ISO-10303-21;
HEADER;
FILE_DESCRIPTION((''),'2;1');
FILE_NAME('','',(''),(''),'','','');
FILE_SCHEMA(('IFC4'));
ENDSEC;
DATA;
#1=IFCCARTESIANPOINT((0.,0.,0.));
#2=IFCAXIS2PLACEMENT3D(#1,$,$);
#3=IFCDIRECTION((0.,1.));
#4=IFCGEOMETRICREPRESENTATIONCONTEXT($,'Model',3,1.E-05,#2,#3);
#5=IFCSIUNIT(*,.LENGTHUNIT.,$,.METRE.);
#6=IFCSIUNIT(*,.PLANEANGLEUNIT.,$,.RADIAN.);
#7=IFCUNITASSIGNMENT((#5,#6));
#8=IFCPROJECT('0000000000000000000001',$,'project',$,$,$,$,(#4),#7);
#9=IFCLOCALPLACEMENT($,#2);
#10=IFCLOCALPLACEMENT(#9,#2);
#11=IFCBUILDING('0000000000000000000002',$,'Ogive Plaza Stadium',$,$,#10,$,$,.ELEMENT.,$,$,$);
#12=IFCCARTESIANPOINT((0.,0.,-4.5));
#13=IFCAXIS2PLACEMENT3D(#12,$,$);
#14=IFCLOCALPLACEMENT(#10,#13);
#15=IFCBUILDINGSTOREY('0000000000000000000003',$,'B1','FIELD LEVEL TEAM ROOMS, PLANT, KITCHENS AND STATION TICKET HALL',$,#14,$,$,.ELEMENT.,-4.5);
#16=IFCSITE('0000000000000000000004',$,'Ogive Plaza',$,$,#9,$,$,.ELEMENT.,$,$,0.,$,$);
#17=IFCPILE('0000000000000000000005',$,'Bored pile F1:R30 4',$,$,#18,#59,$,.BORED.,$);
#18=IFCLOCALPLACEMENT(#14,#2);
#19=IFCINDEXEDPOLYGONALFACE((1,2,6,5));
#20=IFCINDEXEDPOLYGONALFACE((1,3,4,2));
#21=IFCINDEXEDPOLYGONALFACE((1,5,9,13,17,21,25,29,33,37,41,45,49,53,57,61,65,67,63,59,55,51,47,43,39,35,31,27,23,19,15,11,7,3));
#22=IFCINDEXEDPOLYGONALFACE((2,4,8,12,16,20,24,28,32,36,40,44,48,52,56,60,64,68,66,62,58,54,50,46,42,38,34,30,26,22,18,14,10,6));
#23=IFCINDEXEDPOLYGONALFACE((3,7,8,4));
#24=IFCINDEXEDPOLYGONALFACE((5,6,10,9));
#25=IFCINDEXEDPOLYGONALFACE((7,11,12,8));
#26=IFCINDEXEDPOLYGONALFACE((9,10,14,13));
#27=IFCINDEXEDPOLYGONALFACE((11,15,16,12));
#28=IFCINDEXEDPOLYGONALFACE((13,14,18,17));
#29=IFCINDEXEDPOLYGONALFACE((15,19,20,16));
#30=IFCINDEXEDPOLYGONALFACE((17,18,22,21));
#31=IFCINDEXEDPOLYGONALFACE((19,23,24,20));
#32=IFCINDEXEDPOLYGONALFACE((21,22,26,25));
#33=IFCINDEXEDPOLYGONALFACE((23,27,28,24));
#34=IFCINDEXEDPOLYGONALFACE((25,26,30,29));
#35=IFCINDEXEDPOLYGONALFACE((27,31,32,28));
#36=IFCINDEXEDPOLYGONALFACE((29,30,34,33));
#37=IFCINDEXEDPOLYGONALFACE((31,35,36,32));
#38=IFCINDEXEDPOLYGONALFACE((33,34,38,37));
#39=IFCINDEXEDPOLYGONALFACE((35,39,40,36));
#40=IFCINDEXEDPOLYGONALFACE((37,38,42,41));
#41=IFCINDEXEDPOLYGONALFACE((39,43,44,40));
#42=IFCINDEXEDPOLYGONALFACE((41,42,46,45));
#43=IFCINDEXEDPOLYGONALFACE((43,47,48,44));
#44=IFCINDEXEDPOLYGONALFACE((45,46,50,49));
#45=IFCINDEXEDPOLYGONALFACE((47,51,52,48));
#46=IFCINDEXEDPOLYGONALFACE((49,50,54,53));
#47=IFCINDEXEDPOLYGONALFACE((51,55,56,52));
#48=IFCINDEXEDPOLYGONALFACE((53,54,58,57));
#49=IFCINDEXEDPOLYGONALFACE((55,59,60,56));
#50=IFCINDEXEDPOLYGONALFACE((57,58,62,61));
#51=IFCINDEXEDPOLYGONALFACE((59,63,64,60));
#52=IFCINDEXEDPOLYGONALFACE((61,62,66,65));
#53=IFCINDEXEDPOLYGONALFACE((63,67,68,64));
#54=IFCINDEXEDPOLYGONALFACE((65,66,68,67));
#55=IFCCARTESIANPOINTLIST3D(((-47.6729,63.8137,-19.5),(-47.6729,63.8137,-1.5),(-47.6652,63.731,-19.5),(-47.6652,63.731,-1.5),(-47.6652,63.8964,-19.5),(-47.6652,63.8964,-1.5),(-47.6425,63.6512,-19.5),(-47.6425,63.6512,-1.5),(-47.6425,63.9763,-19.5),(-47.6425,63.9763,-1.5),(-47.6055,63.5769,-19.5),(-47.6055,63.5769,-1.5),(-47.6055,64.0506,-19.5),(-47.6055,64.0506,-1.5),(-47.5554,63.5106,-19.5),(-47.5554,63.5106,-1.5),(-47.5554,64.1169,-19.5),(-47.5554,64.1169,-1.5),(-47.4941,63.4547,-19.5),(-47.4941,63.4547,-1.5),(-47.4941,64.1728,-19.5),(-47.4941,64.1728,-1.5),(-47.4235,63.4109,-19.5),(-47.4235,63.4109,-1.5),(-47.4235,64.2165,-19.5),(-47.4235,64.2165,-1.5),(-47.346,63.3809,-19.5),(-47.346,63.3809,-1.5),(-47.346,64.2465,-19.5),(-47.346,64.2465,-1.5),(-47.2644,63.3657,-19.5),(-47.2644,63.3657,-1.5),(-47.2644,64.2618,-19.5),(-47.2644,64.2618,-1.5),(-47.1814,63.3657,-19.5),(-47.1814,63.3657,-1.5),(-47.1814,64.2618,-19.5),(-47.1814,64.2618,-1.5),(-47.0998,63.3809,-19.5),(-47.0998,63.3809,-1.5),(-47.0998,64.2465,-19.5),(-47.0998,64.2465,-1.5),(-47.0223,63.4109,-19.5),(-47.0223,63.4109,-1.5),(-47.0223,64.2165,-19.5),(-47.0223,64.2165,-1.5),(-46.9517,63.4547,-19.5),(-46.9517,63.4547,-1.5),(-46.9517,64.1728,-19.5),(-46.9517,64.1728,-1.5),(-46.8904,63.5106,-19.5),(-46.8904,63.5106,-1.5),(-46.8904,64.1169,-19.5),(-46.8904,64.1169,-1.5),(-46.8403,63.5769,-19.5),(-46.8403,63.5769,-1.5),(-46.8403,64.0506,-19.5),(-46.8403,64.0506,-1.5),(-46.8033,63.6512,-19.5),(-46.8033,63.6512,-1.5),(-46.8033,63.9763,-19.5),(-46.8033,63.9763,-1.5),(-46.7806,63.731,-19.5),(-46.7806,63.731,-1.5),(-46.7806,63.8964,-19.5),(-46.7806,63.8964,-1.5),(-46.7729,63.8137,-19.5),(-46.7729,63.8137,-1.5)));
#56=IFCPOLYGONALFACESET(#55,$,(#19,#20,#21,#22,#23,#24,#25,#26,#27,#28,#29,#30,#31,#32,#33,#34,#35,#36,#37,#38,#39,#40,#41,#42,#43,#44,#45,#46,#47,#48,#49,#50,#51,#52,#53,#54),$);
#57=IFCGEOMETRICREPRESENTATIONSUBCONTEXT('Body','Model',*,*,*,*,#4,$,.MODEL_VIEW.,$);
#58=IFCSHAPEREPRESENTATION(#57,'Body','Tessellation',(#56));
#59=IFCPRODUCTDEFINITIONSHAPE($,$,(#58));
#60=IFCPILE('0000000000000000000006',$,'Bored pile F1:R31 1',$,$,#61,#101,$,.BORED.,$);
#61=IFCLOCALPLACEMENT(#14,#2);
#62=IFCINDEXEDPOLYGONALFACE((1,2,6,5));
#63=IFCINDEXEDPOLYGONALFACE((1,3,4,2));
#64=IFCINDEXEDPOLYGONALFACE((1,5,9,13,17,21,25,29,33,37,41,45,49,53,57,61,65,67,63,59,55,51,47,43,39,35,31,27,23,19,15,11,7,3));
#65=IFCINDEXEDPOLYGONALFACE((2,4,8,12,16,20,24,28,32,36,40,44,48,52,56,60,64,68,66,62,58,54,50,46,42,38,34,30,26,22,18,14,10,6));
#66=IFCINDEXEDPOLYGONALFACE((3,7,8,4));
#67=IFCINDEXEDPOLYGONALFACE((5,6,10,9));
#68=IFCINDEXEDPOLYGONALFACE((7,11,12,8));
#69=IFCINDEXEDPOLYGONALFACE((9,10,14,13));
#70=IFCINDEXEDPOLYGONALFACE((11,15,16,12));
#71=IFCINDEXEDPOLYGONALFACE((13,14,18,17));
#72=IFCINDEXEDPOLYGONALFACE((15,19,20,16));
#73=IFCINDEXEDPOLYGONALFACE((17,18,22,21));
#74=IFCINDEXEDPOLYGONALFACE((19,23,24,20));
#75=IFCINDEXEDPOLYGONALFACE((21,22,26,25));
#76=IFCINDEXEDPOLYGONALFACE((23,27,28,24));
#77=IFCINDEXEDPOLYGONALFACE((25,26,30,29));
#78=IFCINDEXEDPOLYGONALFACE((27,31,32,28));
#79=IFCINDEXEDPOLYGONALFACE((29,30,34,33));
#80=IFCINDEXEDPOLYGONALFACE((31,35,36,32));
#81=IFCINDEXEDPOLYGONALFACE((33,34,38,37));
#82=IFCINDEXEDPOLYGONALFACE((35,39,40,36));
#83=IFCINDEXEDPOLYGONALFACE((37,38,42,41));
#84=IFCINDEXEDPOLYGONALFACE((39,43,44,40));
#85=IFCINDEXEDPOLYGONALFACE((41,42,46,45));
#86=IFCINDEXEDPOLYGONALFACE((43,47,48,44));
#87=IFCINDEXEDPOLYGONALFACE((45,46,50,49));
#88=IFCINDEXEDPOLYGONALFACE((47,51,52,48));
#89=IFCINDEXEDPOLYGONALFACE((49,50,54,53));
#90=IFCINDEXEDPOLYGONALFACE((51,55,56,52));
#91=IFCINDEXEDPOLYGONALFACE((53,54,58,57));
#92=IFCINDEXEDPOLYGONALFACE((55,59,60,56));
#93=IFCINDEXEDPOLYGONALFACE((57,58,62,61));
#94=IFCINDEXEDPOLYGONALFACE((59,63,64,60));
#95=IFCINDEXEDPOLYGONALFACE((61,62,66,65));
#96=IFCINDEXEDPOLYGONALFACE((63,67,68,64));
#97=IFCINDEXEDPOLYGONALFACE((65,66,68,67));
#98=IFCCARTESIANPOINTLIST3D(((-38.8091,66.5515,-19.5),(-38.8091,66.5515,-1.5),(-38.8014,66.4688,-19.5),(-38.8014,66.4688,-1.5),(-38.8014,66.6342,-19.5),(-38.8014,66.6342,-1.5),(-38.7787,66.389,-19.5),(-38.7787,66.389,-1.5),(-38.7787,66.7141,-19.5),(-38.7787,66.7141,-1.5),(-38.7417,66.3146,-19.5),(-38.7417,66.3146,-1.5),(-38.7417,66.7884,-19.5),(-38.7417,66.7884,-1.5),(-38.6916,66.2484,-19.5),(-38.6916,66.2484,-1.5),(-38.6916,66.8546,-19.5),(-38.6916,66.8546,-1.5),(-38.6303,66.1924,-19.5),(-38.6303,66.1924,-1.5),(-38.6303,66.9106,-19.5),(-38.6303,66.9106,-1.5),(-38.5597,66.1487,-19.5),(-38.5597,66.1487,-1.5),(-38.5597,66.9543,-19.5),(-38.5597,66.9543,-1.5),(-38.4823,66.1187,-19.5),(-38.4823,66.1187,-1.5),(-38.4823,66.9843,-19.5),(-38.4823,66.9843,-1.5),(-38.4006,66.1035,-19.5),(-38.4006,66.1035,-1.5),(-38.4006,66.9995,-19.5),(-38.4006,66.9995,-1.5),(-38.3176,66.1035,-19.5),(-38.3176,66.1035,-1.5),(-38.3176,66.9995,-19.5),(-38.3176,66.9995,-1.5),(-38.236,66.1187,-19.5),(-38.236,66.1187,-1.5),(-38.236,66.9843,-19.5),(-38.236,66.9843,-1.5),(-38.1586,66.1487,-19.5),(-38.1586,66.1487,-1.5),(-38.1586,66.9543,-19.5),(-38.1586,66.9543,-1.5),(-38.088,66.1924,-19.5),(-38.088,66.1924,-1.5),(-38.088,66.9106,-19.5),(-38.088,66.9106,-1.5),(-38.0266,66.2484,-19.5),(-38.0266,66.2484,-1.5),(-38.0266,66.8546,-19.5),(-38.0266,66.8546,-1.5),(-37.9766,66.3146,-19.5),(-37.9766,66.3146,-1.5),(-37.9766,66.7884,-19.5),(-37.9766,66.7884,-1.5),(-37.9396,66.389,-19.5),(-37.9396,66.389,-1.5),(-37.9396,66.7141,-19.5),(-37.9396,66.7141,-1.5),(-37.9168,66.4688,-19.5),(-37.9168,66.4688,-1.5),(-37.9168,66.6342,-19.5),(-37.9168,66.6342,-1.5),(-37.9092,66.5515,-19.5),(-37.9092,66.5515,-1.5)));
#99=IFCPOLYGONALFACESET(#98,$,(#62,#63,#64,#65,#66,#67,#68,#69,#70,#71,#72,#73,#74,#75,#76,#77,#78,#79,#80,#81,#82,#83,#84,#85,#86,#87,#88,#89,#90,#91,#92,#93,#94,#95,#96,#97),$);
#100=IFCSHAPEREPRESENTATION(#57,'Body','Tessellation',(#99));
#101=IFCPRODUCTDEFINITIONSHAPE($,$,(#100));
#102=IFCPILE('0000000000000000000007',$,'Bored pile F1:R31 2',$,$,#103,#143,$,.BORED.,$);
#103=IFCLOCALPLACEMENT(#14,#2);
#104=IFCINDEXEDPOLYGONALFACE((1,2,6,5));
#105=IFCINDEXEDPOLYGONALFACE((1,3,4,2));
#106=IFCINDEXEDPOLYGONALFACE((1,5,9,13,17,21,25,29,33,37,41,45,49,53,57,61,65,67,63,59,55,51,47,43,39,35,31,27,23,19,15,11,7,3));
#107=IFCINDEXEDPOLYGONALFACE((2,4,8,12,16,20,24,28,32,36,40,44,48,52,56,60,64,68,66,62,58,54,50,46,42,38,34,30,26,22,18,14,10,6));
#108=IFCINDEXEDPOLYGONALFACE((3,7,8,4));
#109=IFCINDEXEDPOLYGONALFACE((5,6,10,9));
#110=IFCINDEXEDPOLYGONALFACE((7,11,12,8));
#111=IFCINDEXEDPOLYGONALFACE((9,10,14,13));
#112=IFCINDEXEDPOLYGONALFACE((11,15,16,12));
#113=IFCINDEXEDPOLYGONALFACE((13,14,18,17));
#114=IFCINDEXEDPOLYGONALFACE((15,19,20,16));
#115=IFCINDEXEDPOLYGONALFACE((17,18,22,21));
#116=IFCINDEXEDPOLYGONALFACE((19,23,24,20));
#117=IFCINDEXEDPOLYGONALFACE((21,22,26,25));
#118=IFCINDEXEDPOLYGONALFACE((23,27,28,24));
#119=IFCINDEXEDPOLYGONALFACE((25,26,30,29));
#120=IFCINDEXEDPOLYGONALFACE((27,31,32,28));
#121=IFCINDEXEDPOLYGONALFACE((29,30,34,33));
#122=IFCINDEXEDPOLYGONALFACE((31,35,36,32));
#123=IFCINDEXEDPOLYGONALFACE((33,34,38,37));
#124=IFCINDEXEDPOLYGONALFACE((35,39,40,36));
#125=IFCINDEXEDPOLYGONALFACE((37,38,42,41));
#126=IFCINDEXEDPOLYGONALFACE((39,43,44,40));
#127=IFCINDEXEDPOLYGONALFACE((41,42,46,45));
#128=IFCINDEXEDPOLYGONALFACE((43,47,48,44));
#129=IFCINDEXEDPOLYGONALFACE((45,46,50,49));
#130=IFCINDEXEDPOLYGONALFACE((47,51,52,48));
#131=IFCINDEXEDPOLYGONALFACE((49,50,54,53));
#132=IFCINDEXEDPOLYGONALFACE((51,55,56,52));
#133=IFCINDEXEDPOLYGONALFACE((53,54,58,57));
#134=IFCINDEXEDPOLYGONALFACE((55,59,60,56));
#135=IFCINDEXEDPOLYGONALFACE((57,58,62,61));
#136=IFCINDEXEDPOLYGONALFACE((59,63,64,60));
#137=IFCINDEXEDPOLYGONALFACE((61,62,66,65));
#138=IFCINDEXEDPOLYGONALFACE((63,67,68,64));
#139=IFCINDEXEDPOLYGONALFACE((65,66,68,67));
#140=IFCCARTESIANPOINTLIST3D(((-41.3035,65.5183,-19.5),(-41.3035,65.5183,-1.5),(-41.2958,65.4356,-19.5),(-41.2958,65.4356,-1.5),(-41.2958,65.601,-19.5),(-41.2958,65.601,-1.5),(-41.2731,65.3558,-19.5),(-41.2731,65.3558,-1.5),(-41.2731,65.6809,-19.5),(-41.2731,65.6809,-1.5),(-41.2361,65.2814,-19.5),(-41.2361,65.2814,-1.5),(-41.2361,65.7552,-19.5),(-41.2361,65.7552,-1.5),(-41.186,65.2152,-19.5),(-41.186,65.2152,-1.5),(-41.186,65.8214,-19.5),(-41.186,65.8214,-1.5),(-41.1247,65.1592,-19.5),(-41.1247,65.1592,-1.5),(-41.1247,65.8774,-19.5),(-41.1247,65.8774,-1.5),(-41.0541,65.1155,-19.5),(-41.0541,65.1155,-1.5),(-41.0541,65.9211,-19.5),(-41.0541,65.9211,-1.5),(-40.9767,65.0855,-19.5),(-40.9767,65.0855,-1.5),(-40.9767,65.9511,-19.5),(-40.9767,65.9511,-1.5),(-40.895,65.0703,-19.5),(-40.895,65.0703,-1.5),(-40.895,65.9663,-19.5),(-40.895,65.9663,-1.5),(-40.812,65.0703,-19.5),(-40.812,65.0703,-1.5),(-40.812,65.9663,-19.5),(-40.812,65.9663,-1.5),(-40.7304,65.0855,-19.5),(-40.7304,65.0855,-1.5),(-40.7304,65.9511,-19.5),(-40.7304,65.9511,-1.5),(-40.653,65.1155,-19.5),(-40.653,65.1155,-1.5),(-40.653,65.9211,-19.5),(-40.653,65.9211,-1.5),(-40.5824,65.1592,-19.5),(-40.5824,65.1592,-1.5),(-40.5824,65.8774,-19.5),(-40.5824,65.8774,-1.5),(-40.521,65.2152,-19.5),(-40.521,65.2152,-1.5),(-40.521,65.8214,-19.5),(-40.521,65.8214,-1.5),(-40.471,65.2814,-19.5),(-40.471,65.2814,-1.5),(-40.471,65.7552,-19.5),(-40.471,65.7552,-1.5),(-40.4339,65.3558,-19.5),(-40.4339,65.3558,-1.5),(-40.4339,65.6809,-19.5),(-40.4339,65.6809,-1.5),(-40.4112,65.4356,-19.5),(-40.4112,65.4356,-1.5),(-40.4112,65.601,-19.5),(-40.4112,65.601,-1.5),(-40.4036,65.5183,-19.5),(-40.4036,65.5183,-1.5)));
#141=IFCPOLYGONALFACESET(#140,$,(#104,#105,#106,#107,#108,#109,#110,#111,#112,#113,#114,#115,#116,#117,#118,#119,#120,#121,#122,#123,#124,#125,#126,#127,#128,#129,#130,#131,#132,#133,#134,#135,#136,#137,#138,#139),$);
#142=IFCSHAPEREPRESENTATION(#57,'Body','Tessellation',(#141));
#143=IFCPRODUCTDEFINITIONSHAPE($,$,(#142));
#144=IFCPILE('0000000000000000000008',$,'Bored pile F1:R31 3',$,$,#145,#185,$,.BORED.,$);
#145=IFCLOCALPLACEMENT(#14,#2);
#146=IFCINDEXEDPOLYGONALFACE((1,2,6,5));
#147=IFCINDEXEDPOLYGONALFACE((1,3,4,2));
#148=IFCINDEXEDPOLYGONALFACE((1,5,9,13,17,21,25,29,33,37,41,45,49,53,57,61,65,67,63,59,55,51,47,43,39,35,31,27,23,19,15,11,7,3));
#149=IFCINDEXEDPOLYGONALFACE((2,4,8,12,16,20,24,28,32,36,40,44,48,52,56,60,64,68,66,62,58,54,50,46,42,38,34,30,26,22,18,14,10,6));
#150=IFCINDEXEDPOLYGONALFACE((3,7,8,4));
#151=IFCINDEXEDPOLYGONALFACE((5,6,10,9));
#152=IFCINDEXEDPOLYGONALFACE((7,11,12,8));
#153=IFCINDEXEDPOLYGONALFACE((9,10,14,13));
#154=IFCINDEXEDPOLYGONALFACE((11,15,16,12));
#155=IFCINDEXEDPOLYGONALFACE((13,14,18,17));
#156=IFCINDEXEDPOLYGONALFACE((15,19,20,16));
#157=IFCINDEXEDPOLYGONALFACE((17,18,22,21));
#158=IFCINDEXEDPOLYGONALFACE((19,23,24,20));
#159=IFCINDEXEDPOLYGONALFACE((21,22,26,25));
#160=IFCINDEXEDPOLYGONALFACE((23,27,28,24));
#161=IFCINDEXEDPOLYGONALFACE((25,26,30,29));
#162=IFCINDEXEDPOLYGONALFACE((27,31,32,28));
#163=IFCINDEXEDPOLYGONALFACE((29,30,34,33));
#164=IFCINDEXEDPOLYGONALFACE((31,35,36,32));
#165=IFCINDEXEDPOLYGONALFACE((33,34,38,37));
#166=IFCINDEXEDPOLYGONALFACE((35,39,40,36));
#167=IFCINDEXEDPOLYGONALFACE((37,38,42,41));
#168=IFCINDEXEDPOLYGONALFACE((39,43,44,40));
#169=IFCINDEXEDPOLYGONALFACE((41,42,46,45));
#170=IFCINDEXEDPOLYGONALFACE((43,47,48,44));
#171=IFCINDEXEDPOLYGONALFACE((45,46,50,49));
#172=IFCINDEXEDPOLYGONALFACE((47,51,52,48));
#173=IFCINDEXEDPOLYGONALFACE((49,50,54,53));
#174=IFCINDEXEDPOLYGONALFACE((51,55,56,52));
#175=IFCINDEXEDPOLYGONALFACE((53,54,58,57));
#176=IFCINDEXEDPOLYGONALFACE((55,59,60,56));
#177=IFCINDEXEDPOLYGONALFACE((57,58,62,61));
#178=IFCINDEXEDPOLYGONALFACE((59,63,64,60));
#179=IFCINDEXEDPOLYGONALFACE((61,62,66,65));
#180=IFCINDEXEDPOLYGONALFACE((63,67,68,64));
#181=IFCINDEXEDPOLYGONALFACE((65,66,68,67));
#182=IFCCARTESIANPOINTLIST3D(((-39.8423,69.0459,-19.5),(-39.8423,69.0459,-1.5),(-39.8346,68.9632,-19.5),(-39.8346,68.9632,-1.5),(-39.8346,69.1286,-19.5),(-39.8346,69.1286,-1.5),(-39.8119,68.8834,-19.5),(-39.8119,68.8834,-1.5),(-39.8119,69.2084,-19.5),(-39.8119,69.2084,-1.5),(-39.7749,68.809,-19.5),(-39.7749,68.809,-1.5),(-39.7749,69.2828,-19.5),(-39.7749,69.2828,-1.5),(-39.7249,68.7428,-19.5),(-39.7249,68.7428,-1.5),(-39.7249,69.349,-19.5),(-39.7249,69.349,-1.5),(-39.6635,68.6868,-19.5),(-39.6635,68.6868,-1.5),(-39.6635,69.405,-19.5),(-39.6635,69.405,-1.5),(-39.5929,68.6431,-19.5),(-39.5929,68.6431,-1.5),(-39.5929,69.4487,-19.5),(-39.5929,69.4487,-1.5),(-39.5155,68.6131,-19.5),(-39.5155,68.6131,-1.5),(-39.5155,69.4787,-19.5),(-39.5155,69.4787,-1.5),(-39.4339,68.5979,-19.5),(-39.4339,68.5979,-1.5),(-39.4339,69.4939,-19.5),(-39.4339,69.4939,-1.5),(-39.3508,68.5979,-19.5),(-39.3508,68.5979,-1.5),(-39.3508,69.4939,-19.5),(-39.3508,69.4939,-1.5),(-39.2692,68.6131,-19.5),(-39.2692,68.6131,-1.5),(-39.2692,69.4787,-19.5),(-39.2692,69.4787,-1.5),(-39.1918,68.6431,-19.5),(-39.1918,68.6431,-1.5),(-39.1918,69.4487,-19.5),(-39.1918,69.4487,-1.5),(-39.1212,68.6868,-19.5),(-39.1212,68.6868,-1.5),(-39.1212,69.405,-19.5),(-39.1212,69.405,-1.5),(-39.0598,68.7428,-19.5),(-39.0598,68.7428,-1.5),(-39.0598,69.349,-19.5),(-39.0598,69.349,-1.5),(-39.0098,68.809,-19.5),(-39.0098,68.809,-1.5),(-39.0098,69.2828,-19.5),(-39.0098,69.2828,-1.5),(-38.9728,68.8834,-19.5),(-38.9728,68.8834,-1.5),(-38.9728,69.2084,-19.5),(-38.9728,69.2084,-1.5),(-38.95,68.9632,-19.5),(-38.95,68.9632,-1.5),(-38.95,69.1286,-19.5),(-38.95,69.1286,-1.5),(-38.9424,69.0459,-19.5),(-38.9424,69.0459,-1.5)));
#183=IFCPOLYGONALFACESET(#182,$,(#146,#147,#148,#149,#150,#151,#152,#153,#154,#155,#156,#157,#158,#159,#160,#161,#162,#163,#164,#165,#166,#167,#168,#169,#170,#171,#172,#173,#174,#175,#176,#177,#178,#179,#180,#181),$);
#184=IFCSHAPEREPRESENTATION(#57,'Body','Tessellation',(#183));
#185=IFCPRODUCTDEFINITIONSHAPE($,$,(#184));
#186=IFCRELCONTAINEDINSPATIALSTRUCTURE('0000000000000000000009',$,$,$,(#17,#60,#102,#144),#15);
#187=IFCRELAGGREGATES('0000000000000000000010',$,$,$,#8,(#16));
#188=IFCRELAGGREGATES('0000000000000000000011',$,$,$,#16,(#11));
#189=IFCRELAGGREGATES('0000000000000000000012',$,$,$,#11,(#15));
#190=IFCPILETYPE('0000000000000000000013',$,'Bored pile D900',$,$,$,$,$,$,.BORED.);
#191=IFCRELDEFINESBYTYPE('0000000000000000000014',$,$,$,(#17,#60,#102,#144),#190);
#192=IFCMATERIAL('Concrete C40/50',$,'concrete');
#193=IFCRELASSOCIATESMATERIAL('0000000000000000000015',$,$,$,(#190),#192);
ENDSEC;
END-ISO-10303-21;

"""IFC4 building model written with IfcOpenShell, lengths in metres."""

from ifc_helpers import new_model, si_unit, direction, frame, origin, origin_2d, place, context, subcontext, project, spatial, circle, extrude, material, material_profile, profile_set, type_object, element, save


model = new_model("IFC4")

# Units and contexts
model_context = context("Model", 3, precision=1e-05, world=origin(), true_north=direction((0.0, 1.0)))
body_context = subcontext(model_context, "Body", "Model", "MODEL_VIEW")
ifc_project = project(units=[si_unit("LENGTHUNIT", "METRE"), si_unit("PLANEANGLEUNIT", "RADIAN")], contexts=[model_context])

# Site, building, storey
site_placement = place(None, origin())
site = spatial("IfcSite", under=ifc_project, at=site_placement, Name="Ogive Plaza", CompositionType="ELEMENT", RefElevation=0.0)
building_placement = place(site_placement, origin())
building = spatial("IfcBuilding", under=site, at=building_placement, Name="Ogive Plaza Stadium", CompositionType="ELEMENT")
storey_placement = place(building_placement, frame((0.0, 0.0, -4.5)))
storey = spatial("IfcBuildingStorey", under=building, at=storey_placement, Name="B1", Description="FIELD LEVEL TEAM ROOMS, PLANT, KITCHENS AND STATION TICKET HALL", CompositionType="ELEMENT", Elevation=-4.5)

# Piles
ifc_material_1 = material(Name="Concrete C40/50", Category="concrete")
ifc_material_profile_1 = material_profile(ifc_material_1, circle(Radius=0.45, at=origin_2d()), Name="RC D900")
ifc_profile_set_1 = profile_set([ifc_material_profile_1], Name="Concrete C40/50")
pile_type = type_object("IfcPileType", Name="Bored pile D900", PredefinedType="BORED", material=ifc_profile_set_1)
for number, where, z_axis, x_axis, name in (
    (1, (-47.2229, 63.8137, -1.5), (0.0, 0.0, -1.0), (1.0, 0.0, 0.0), "Bored pile F1:R30 4"),
    (2, (-38.3591, 66.5515, -1.5), (0.0, 0.0, -1.0), (1.0, 0.0, 0.0), "Bored pile F1:R31 1"),
    (3, (-40.8535, 65.5183, -1.5), (0.0, 0.0, -1.0), (1.0, 0.0, 0.0), "Bored pile F1:R31 2"),
    (4, (-39.3923, 69.0459, -1.5), (0.0, 0.0, -1.0), (1.0, 0.0, 0.0), "Bored pile F1:R31 3"),
):
    element("IfcPile", number, at=place(storey_placement, frame(where, z_axis=z_axis, x_axis=x_axis)), inside=storey, type_object=pile_type, Name=name, PredefinedType="BORED", context=body_context, shape_type="SweptSolid", body=[
        extrude(circle(Radius=0.45, at=origin_2d()), origin(), (0.0, 0.0, 1.0), 18.0),
    ])

save(model, "model.ifc")
